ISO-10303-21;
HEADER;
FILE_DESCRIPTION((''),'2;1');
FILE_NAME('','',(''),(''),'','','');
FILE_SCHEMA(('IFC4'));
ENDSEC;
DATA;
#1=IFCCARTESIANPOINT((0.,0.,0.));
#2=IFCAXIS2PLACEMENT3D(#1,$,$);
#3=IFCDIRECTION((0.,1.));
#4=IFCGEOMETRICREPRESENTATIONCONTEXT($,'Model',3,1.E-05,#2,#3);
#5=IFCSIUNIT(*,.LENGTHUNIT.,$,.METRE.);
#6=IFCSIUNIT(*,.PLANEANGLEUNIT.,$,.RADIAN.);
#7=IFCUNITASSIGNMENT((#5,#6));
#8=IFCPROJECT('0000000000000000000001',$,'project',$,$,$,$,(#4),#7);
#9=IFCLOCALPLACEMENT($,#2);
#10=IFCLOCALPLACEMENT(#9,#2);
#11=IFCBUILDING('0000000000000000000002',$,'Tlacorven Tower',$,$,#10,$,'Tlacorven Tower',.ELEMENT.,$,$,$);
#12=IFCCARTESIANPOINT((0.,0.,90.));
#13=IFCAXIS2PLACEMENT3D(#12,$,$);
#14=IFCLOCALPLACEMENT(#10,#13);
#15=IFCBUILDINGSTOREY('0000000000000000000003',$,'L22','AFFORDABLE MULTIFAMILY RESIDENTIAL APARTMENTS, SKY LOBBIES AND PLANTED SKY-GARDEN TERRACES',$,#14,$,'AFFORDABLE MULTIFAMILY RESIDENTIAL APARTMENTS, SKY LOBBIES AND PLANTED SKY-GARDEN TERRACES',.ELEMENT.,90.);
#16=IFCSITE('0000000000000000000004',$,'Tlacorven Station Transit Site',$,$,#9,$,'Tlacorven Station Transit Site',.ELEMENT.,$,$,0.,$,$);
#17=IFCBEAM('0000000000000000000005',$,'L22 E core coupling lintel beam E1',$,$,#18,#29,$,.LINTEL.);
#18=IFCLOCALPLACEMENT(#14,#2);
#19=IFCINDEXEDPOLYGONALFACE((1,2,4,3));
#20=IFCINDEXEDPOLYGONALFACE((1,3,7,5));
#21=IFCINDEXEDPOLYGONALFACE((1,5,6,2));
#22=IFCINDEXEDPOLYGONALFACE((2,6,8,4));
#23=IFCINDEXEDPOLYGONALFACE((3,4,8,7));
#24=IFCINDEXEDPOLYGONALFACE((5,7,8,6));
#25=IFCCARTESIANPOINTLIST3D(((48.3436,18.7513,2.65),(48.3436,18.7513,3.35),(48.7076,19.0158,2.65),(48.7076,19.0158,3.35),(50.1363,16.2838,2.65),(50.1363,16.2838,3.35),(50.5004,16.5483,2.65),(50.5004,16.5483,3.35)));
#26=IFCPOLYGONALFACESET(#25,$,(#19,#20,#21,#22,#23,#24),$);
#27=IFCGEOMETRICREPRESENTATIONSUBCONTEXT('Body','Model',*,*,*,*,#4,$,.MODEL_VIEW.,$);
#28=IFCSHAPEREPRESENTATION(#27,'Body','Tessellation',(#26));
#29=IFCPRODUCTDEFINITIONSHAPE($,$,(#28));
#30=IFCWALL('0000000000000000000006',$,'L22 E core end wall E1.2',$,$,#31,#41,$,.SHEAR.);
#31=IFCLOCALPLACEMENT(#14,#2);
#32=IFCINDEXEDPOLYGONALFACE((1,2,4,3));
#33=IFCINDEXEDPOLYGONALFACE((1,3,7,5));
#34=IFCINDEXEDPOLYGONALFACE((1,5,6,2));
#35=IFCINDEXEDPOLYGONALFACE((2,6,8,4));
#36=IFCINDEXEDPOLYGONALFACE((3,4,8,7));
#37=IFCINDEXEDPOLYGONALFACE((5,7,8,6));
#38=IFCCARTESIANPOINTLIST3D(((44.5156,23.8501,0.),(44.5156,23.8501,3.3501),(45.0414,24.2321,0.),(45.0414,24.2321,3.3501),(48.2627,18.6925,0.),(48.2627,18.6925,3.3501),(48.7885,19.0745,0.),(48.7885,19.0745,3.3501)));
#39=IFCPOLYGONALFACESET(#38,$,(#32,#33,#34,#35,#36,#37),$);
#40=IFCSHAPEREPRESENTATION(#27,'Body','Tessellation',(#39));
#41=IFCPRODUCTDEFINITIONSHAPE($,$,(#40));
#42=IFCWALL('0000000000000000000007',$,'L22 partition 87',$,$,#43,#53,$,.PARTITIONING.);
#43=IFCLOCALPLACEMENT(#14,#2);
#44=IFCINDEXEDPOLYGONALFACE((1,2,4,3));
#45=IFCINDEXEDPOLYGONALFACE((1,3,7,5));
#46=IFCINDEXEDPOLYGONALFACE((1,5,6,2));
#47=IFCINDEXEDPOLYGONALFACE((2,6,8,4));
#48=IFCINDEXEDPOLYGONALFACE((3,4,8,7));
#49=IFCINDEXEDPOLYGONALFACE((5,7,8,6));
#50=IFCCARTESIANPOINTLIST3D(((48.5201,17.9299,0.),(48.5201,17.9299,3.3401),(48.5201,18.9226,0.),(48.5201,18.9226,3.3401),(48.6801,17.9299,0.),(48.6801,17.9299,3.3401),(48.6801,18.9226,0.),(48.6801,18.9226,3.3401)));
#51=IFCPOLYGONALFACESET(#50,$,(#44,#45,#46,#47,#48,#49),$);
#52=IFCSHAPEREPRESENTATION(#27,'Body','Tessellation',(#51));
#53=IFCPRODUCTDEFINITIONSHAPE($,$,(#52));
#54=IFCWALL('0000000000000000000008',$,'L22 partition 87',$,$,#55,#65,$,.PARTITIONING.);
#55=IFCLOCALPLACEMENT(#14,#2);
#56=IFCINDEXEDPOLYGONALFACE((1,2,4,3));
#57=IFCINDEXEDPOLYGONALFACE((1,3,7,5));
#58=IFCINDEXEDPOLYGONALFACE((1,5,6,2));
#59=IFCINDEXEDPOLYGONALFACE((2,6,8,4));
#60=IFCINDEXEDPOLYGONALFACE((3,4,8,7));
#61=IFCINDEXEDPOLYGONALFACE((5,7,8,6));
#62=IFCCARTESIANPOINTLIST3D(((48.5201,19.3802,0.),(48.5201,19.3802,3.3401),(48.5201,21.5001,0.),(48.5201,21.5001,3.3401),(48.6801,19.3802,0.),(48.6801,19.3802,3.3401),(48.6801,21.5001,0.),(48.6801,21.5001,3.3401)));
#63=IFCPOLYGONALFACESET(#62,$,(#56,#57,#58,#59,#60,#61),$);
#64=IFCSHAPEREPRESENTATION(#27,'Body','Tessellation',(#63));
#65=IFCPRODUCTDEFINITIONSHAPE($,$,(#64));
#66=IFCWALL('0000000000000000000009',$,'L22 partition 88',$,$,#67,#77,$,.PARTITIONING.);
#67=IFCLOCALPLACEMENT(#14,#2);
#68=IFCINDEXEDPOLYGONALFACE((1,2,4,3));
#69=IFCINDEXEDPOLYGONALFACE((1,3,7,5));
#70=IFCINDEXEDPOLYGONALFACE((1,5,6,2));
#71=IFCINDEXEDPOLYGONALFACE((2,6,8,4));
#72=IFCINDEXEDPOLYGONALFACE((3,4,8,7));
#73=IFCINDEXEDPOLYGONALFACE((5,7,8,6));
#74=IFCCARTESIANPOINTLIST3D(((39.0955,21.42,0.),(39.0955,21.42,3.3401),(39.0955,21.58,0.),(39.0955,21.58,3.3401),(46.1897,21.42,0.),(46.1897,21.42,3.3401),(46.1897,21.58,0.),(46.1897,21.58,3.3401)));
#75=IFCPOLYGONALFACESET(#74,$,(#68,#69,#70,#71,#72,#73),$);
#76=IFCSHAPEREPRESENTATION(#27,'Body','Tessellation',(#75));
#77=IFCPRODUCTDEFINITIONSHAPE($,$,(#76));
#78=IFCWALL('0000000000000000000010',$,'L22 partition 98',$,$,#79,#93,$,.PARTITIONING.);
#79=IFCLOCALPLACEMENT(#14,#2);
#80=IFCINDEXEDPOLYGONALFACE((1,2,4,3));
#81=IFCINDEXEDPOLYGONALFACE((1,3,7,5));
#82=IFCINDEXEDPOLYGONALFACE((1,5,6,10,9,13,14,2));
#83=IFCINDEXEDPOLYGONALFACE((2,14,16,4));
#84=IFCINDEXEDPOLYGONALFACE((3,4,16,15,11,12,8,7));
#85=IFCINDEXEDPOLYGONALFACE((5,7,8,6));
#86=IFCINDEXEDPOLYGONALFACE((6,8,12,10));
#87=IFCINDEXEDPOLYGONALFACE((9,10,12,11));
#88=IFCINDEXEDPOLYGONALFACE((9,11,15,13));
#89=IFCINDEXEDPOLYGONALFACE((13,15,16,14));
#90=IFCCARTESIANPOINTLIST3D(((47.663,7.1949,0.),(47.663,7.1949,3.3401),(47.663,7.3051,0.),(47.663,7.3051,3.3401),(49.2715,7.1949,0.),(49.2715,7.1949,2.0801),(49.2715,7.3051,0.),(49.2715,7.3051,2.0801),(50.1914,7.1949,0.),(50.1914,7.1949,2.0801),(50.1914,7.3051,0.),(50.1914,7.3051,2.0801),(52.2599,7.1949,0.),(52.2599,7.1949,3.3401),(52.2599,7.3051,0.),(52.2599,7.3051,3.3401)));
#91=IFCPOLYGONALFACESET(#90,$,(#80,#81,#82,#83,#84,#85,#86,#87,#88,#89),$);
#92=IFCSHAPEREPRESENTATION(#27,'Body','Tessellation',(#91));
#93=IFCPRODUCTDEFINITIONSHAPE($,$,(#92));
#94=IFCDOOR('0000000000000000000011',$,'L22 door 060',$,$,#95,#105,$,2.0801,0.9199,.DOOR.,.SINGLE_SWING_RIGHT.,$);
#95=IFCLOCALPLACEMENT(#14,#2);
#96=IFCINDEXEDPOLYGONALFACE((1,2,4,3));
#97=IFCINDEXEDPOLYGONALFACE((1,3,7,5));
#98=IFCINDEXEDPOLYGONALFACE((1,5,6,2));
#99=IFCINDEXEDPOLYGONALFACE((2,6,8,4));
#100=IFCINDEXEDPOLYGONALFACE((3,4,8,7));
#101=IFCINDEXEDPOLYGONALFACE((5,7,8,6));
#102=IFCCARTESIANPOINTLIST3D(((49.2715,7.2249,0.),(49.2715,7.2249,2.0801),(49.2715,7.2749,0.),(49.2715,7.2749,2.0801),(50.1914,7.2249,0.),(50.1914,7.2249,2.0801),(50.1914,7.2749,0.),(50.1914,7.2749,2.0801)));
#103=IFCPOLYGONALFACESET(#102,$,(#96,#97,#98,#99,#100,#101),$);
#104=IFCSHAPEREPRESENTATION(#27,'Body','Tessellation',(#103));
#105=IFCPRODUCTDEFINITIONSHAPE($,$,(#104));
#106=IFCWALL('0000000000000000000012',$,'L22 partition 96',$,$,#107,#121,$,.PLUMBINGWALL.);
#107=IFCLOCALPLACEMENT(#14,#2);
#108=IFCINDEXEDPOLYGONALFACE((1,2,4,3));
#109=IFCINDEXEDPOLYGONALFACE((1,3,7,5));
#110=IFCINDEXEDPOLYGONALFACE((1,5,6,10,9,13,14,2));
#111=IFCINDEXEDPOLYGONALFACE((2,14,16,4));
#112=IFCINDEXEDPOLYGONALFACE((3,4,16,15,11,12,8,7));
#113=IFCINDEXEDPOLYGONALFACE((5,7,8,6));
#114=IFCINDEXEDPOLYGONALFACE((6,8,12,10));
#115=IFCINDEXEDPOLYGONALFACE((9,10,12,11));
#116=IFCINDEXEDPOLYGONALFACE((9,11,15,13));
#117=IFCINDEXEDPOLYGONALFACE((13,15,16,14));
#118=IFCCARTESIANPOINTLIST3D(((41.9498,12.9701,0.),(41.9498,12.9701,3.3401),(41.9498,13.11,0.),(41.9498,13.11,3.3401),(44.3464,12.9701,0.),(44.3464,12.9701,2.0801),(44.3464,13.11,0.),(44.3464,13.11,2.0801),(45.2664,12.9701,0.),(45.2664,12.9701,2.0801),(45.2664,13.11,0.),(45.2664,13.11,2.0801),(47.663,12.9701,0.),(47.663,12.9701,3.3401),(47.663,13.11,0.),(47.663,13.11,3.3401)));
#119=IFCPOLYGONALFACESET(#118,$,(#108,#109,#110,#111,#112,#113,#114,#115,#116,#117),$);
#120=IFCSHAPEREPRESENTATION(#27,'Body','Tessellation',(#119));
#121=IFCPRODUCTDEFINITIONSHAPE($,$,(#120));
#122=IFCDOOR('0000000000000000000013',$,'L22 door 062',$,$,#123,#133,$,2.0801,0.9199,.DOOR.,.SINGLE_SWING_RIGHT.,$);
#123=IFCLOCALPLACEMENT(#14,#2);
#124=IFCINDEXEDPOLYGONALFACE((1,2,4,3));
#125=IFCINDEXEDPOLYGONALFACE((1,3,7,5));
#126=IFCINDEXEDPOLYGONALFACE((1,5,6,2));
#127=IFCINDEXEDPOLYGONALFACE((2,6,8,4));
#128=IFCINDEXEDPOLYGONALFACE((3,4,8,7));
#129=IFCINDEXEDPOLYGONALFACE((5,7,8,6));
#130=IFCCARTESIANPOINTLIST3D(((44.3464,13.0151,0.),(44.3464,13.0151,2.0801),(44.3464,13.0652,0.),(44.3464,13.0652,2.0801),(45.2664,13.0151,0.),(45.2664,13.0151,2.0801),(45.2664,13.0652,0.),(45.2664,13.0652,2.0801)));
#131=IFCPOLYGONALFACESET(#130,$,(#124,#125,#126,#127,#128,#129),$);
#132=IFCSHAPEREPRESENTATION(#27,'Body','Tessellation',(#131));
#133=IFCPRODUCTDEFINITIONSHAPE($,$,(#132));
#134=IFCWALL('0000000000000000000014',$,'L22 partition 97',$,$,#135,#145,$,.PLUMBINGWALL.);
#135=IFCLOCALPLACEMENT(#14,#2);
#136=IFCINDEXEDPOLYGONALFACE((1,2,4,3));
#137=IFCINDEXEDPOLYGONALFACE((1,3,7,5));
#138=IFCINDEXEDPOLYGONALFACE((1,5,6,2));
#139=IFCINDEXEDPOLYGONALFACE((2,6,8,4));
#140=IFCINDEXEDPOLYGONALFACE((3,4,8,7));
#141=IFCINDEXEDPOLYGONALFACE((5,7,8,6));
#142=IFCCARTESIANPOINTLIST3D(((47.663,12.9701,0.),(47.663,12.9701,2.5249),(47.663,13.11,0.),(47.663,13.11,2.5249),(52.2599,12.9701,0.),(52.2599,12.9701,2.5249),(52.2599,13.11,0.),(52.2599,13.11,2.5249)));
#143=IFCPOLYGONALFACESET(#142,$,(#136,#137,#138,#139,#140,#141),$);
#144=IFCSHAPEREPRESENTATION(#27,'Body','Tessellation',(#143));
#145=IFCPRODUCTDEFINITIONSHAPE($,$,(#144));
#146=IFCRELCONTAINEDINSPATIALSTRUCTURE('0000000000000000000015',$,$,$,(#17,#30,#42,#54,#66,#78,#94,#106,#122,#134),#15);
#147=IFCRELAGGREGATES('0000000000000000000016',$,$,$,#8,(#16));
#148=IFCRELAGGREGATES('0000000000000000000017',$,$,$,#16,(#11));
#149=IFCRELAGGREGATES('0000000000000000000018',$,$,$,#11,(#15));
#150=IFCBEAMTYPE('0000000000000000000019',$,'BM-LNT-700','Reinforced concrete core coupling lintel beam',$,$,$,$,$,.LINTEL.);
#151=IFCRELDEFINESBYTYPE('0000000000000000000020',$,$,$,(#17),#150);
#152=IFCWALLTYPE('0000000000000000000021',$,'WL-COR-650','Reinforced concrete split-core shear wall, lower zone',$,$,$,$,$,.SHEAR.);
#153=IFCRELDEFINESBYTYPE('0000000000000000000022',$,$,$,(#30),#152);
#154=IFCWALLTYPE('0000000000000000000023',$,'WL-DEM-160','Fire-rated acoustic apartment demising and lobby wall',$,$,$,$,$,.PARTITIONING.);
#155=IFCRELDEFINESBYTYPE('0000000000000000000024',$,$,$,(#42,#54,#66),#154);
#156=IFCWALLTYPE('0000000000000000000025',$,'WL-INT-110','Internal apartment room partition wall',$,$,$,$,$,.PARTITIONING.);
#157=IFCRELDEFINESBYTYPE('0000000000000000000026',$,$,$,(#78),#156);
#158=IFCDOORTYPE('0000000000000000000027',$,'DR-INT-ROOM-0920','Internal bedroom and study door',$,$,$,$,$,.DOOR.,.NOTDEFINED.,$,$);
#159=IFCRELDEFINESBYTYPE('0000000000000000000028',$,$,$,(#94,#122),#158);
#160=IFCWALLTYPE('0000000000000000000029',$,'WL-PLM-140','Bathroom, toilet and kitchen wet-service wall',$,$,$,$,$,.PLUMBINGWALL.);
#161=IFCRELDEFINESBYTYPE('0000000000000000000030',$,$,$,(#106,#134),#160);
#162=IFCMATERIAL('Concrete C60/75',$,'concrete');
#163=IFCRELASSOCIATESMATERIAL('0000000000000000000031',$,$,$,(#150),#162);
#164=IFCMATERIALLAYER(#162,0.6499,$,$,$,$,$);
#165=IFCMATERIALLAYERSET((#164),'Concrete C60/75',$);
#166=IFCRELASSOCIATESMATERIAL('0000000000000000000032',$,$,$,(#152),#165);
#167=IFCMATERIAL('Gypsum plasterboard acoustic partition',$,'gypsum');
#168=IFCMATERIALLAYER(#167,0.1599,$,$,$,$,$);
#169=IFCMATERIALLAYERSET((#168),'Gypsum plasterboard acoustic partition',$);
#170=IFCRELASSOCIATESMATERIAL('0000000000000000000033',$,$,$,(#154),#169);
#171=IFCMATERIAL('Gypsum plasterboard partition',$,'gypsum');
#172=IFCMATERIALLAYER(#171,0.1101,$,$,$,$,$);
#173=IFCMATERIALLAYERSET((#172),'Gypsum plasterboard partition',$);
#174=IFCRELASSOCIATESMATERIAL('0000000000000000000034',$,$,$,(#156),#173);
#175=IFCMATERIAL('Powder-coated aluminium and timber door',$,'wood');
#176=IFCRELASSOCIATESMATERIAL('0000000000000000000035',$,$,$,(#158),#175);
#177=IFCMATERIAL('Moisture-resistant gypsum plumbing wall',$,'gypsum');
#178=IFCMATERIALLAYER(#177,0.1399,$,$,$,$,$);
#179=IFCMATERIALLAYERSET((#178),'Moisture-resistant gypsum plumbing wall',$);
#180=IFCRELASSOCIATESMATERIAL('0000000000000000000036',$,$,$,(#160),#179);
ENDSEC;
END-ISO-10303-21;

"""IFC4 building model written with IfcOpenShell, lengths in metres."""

from ifc_helpers import new_model, si_unit, direction, frame, frame_2d, origin, origin_2d, place, context, subcontext, project, spatial, rectangle, extrude, source, transform, mapped, material, layer, layer_set, material_profile, profile_set, type_object, element, fill, save


model = new_model("IFC4")

# Units and contexts
model_context = context("Model", 3, precision=1e-05, world=origin(), true_north=direction((0.0, 1.0)))
body_context = subcontext(model_context, "Body", "Model", "MODEL_VIEW")
ifc_project = project(units=[si_unit("LENGTHUNIT", "METRE"), si_unit("PLANEANGLEUNIT", "RADIAN")], contexts=[model_context])

# Site, building, storey
site_placement = place(None, origin())
site = spatial("IfcSite", under=ifc_project, at=site_placement, Name="Tlacorven Station Transit Site", LongName="Tlacorven Station Transit Site", CompositionType="ELEMENT", RefElevation=0.0)
building_placement = place(site_placement, origin())
building = spatial("IfcBuilding", under=site, at=building_placement, Name="Tlacorven Tower", LongName="Tlacorven Tower", CompositionType="ELEMENT")
storey_placement = place(building_placement, frame((0.0, 0.0, 90.0)))
storey = spatial("IfcBuildingStorey", under=building, at=storey_placement, Name="L22", Description="AFFORDABLE MULTIFAMILY RESIDENTIAL APARTMENTS, SKY LOBBIES AND PLANTED SKY-GARDEN TERRACES", LongName="AFFORDABLE MULTIFAMILY RESIDENTIAL APARTMENTS, SKY LOBBIES AND PLANTED SKY-GARDEN TERRACES", CompositionType="ELEMENT", Elevation=90.0)

# Beam
ifc_material_1 = material(Name="Concrete C60/75", Category="concrete")
ifc_material_profile = material_profile(ifc_material_1, rectangle(XDim=0.45, YDim=0.7, at=origin_2d()), Name="RC 450X700")
ifc_profile_set = profile_set([ifc_material_profile], Name="Concrete C60/75")
beam_type = type_object("IfcBeamType", Name="BM-LNT-700", Description="Reinforced concrete core coupling lintel beam", PredefinedType="LINTEL", material=ifc_profile_set)
shared_shape_1 = source(origin(), body_context, "Body", "SweptSolid", [
    extrude(rectangle(XDim=0.45, YDim=0.7, at=origin_2d()), origin(), (0.0, 0.0, 1.0), 3.05),
])
beam_placement = place(storey_placement, frame((50.3184, 16.416, 3.0), z_axis=(-0.587777, 0.809023, 0.0), x_axis=(-0.809023, -0.587777, 0.0)))
element("IfcBeam", 1, at=beam_placement, inside=storey, type_object=beam_type, Name="L22 E core coupling lintel beam E1", PredefinedType="LINTEL", context=body_context, shape_type="MappedRepresentation", body=[
    mapped(shared_shape_1, transform((0.0, 0.0, 0.0), scale=1.0)),
])

# Walls
ifc_layer_1 = layer(ifc_material_1, 0.6499)
ifc_layer_set_1 = layer_set([ifc_layer_1], Name="Concrete C60/75")
wall_type_1 = type_object("IfcWallType", Name="WL-COR-650", Description="Reinforced concrete split-core shear wall, lower zone", PredefinedType="SHEAR", material=ifc_layer_set_1)
wall_1_placement = place(storey_placement, frame((48.5256, 18.8835, 0.0), z_axis=(0.0, 0.0, 1.0), x_axis=(-0.58778, 0.809021, 0.0)))
element("IfcWall", 2, at=wall_1_placement, inside=storey, type_object=wall_type_1, Name="L22 E core end wall E1.2", PredefinedType="SHEAR", context=body_context, shape_type="SweptSolid", body=[
    extrude(rectangle(XDim=6.375, YDim=0.6499, at=frame_2d((3.1875, 0.0))), origin(), (0.0, 0.0, 1.0), 3.3501),
])
ifc_material_2 = material(Name="Gypsum plasterboard acoustic partition", Category="gypsum")
ifc_layer_2 = layer(ifc_material_2, 0.1599)
ifc_layer_set_2 = layer_set([ifc_layer_2], Name="Gypsum plasterboard acoustic partition")
wall_type_2 = type_object("IfcWallType", Name="WL-DEM-160", Description="Fire-rated acoustic apartment demising and lobby wall", PredefinedType="PARTITIONING", material=ifc_layer_set_2)
wall_2_placement = place(storey_placement, frame((48.6001, 17.9299, 0.0), z_axis=(0.0, 0.0, 1.0), x_axis=(0.0, 1.0, 0.0)))
element("IfcWall", 3, at=wall_2_placement, inside=storey, type_object=wall_type_2, Name="L22 partition 87", PredefinedType="PARTITIONING", context=body_context, shape_type="SweptSolid", body=[
    extrude(rectangle(XDim=0.9927, YDim=0.1599, at=frame_2d((0.4963, 0.0))), origin(), (0.0, 0.0, 1.0), 3.3401),
])
wall_3_placement = place(storey_placement, frame((48.6001, 19.3801, 0.0), z_axis=(0.0, 0.0, 1.0), x_axis=(0.0, 1.0, 0.0)))
element("IfcWall", 4, at=wall_3_placement, inside=storey, type_object=wall_type_2, Name="L22 partition 87", PredefinedType="PARTITIONING", context=body_context, shape_type="SweptSolid", body=[
    extrude(rectangle(XDim=2.1199, YDim=0.1599, at=frame_2d((1.0601, 0.0))), origin(), (0.0, 0.0, 1.0), 3.3401),
])
wall_4_placement = place(storey_placement, frame((39.0955, 21.5, 0.0), z_axis=(0.0, 0.0, 1.0), x_axis=(1.0, 0.0, 0.0)))
element("IfcWall", 5, at=wall_4_placement, inside=storey, type_object=wall_type_2, Name="L22 partition 88", PredefinedType="PARTITIONING", context=body_context, shape_type="SweptSolid", body=[
    extrude(rectangle(XDim=7.0942, YDim=0.1599, at=frame_2d((3.5471, 0.0))), origin(), (0.0, 0.0, 1.0), 3.3401),
])

# Walls, openings, doors
ifc_material_3 = material(Name="Gypsum plasterboard partition", Category="gypsum")
ifc_layer_3 = layer(ifc_material_3, 0.1101)
ifc_layer_set_3 = layer_set([ifc_layer_3], Name="Gypsum plasterboard partition")
wall_type_3 = type_object("IfcWallType", Name="WL-INT-110", Description="Internal apartment room partition wall", PredefinedType="PARTITIONING", material=ifc_layer_set_3)
wall_5_placement = place(storey_placement, frame((47.6631, 7.25, 0.0), z_axis=(0.0, 0.0, 1.0), x_axis=(1.0, 0.0, 0.0)))
wall_5 = element("IfcWall", 6, at=wall_5_placement, inside=storey, type_object=wall_type_3, Name="L22 partition 98", PredefinedType="PARTITIONING", context=body_context, shape_type="SweptSolid", body=[
    extrude(rectangle(XDim=4.5969, YDim=0.1101, at=frame_2d((2.2983, 0.0))), origin(), (0.0, 0.0, 1.0), 3.3401),
])
opening_1_placement = place(wall_5_placement, frame((1.6084, 0.0, 0.0)))
opening_1 = element("IfcOpeningElement", 7, at=opening_1_placement, cuts=wall_5, PredefinedType="OPENING", context=body_context, shape_type="SweptSolid", body=[
    extrude(rectangle(XDim=0.9199, YDim=2.0801, at=frame_2d((0.46, 1.04))), frame((0.0, 0.0649, 0.0), z_axis=(0.0, -1.0, 0.0), x_axis=(1.0, 0.0, 0.0)), (0.0, 0.0, 1.0), 0.1301),
])
ifc_material_4 = material(Name="Powder-coated aluminium and timber door", Category="wood")
door_type_1 = type_object("IfcDoorType", Name="DR-INT-ROOM-0920", Description="Internal bedroom and study door", OperationType="NOTDEFINED", PredefinedType="DOOR", material=ifc_material_4)
shared_shape_2 = source(origin(), body_context, "Body", "SweptSolid", [
    extrude(rectangle(XDim=0.9199, YDim=2.0801, at=frame_2d((0.46, 1.04))), frame((0.0, 0.0249, 0.0), z_axis=(0.0, -1.0, 0.0), x_axis=(1.0, 0.0, 0.0)), (0.0, 0.0, 1.0), 0.05),
])
door_1_placement = place(opening_1_placement, origin())
door_1 = element("IfcDoor", 8, at=door_1_placement, inside=storey, type_object=door_type_1, Name="L22 door 060", OperationType="SINGLE_SWING_RIGHT", OverallHeight=2.0801, OverallWidth=0.9199, PredefinedType="DOOR", context=body_context, shape_type="MappedRepresentation", body=[
    mapped(shared_shape_2, transform((0.0, 0.0, 0.0), scale=1.0)),
])
fill(opening_1, door_1)
ifc_material_5 = material(Name="Moisture-resistant gypsum plumbing wall", Category="gypsum")
ifc_layer_4 = layer(ifc_material_5, 0.1399)
ifc_layer_set_4 = layer_set([ifc_layer_4], Name="Moisture-resistant gypsum plumbing wall")
wall_type_4 = type_object("IfcWallType", Name="WL-PLM-140", Description="Bathroom, toilet and kitchen wet-service wall", PredefinedType="PLUMBINGWALL", material=ifc_layer_set_4)
wall_6_placement = place(storey_placement, frame((41.95, 13.04, 0.0), z_axis=(0.0, 0.0, 1.0), x_axis=(1.0, 0.0, 0.0)))
wall_6 = element("IfcWall", 9, at=wall_6_placement, inside=storey, type_object=wall_type_4, Name="L22 partition 96", PredefinedType="PLUMBINGWALL", context=body_context, shape_type="SweptSolid", body=[
    extrude(rectangle(XDim=5.7131, YDim=0.1399, at=frame_2d((2.8564, 0.0))), origin(), (0.0, 0.0, 1.0), 3.3401),
])
opening_2_placement = place(wall_6_placement, frame((2.3965, 0.0, 0.0)))
opening_2 = element("IfcOpeningElement", 10, at=opening_2_placement, cuts=wall_6, PredefinedType="OPENING", context=body_context, shape_type="SweptSolid", body=[
    extrude(rectangle(XDim=0.9199, YDim=2.0801, at=frame_2d((0.46, 1.04))), frame((0.0, 0.0801, 0.0), z_axis=(0.0, -1.0, 0.0), x_axis=(1.0, 0.0, 0.0)), (0.0, 0.0, 1.0), 0.1599),
])
door_2_placement = place(opening_2_placement, frame((0.9199, 0.0, 0.0), z_axis=(0.0, 0.0, 1.0), x_axis=(-1.0, 0.0, 0.0)))
door_2 = element("IfcDoor", 11, at=door_2_placement, inside=storey, type_object=door_type_1, Name="L22 door 062", OperationType="SINGLE_SWING_RIGHT", OverallHeight=2.0801, OverallWidth=0.9199, PredefinedType="DOOR", context=body_context, shape_type="MappedRepresentation", body=[
    mapped(shared_shape_2, transform((0.0, 0.0, 0.0), scale=1.0)),
])
fill(opening_2, door_2)

# Wall
wall_7_placement = place(storey_placement, frame((47.6631, 13.04, 0.0), z_axis=(0.0, 0.0, 1.0), x_axis=(1.0, 0.0, 0.0)))
element("IfcWall", 12, at=wall_7_placement, inside=storey, type_object=wall_type_4, Name="L22 partition 97", PredefinedType="PLUMBINGWALL", context=body_context, shape_type="SweptSolid", body=[
    extrude(rectangle(XDim=4.5969, YDim=0.1399, at=frame_2d((2.2983, 0.0))), origin(), (0.0, 0.0, 1.0), 2.5249),
])

save(model, "model.ifc")
